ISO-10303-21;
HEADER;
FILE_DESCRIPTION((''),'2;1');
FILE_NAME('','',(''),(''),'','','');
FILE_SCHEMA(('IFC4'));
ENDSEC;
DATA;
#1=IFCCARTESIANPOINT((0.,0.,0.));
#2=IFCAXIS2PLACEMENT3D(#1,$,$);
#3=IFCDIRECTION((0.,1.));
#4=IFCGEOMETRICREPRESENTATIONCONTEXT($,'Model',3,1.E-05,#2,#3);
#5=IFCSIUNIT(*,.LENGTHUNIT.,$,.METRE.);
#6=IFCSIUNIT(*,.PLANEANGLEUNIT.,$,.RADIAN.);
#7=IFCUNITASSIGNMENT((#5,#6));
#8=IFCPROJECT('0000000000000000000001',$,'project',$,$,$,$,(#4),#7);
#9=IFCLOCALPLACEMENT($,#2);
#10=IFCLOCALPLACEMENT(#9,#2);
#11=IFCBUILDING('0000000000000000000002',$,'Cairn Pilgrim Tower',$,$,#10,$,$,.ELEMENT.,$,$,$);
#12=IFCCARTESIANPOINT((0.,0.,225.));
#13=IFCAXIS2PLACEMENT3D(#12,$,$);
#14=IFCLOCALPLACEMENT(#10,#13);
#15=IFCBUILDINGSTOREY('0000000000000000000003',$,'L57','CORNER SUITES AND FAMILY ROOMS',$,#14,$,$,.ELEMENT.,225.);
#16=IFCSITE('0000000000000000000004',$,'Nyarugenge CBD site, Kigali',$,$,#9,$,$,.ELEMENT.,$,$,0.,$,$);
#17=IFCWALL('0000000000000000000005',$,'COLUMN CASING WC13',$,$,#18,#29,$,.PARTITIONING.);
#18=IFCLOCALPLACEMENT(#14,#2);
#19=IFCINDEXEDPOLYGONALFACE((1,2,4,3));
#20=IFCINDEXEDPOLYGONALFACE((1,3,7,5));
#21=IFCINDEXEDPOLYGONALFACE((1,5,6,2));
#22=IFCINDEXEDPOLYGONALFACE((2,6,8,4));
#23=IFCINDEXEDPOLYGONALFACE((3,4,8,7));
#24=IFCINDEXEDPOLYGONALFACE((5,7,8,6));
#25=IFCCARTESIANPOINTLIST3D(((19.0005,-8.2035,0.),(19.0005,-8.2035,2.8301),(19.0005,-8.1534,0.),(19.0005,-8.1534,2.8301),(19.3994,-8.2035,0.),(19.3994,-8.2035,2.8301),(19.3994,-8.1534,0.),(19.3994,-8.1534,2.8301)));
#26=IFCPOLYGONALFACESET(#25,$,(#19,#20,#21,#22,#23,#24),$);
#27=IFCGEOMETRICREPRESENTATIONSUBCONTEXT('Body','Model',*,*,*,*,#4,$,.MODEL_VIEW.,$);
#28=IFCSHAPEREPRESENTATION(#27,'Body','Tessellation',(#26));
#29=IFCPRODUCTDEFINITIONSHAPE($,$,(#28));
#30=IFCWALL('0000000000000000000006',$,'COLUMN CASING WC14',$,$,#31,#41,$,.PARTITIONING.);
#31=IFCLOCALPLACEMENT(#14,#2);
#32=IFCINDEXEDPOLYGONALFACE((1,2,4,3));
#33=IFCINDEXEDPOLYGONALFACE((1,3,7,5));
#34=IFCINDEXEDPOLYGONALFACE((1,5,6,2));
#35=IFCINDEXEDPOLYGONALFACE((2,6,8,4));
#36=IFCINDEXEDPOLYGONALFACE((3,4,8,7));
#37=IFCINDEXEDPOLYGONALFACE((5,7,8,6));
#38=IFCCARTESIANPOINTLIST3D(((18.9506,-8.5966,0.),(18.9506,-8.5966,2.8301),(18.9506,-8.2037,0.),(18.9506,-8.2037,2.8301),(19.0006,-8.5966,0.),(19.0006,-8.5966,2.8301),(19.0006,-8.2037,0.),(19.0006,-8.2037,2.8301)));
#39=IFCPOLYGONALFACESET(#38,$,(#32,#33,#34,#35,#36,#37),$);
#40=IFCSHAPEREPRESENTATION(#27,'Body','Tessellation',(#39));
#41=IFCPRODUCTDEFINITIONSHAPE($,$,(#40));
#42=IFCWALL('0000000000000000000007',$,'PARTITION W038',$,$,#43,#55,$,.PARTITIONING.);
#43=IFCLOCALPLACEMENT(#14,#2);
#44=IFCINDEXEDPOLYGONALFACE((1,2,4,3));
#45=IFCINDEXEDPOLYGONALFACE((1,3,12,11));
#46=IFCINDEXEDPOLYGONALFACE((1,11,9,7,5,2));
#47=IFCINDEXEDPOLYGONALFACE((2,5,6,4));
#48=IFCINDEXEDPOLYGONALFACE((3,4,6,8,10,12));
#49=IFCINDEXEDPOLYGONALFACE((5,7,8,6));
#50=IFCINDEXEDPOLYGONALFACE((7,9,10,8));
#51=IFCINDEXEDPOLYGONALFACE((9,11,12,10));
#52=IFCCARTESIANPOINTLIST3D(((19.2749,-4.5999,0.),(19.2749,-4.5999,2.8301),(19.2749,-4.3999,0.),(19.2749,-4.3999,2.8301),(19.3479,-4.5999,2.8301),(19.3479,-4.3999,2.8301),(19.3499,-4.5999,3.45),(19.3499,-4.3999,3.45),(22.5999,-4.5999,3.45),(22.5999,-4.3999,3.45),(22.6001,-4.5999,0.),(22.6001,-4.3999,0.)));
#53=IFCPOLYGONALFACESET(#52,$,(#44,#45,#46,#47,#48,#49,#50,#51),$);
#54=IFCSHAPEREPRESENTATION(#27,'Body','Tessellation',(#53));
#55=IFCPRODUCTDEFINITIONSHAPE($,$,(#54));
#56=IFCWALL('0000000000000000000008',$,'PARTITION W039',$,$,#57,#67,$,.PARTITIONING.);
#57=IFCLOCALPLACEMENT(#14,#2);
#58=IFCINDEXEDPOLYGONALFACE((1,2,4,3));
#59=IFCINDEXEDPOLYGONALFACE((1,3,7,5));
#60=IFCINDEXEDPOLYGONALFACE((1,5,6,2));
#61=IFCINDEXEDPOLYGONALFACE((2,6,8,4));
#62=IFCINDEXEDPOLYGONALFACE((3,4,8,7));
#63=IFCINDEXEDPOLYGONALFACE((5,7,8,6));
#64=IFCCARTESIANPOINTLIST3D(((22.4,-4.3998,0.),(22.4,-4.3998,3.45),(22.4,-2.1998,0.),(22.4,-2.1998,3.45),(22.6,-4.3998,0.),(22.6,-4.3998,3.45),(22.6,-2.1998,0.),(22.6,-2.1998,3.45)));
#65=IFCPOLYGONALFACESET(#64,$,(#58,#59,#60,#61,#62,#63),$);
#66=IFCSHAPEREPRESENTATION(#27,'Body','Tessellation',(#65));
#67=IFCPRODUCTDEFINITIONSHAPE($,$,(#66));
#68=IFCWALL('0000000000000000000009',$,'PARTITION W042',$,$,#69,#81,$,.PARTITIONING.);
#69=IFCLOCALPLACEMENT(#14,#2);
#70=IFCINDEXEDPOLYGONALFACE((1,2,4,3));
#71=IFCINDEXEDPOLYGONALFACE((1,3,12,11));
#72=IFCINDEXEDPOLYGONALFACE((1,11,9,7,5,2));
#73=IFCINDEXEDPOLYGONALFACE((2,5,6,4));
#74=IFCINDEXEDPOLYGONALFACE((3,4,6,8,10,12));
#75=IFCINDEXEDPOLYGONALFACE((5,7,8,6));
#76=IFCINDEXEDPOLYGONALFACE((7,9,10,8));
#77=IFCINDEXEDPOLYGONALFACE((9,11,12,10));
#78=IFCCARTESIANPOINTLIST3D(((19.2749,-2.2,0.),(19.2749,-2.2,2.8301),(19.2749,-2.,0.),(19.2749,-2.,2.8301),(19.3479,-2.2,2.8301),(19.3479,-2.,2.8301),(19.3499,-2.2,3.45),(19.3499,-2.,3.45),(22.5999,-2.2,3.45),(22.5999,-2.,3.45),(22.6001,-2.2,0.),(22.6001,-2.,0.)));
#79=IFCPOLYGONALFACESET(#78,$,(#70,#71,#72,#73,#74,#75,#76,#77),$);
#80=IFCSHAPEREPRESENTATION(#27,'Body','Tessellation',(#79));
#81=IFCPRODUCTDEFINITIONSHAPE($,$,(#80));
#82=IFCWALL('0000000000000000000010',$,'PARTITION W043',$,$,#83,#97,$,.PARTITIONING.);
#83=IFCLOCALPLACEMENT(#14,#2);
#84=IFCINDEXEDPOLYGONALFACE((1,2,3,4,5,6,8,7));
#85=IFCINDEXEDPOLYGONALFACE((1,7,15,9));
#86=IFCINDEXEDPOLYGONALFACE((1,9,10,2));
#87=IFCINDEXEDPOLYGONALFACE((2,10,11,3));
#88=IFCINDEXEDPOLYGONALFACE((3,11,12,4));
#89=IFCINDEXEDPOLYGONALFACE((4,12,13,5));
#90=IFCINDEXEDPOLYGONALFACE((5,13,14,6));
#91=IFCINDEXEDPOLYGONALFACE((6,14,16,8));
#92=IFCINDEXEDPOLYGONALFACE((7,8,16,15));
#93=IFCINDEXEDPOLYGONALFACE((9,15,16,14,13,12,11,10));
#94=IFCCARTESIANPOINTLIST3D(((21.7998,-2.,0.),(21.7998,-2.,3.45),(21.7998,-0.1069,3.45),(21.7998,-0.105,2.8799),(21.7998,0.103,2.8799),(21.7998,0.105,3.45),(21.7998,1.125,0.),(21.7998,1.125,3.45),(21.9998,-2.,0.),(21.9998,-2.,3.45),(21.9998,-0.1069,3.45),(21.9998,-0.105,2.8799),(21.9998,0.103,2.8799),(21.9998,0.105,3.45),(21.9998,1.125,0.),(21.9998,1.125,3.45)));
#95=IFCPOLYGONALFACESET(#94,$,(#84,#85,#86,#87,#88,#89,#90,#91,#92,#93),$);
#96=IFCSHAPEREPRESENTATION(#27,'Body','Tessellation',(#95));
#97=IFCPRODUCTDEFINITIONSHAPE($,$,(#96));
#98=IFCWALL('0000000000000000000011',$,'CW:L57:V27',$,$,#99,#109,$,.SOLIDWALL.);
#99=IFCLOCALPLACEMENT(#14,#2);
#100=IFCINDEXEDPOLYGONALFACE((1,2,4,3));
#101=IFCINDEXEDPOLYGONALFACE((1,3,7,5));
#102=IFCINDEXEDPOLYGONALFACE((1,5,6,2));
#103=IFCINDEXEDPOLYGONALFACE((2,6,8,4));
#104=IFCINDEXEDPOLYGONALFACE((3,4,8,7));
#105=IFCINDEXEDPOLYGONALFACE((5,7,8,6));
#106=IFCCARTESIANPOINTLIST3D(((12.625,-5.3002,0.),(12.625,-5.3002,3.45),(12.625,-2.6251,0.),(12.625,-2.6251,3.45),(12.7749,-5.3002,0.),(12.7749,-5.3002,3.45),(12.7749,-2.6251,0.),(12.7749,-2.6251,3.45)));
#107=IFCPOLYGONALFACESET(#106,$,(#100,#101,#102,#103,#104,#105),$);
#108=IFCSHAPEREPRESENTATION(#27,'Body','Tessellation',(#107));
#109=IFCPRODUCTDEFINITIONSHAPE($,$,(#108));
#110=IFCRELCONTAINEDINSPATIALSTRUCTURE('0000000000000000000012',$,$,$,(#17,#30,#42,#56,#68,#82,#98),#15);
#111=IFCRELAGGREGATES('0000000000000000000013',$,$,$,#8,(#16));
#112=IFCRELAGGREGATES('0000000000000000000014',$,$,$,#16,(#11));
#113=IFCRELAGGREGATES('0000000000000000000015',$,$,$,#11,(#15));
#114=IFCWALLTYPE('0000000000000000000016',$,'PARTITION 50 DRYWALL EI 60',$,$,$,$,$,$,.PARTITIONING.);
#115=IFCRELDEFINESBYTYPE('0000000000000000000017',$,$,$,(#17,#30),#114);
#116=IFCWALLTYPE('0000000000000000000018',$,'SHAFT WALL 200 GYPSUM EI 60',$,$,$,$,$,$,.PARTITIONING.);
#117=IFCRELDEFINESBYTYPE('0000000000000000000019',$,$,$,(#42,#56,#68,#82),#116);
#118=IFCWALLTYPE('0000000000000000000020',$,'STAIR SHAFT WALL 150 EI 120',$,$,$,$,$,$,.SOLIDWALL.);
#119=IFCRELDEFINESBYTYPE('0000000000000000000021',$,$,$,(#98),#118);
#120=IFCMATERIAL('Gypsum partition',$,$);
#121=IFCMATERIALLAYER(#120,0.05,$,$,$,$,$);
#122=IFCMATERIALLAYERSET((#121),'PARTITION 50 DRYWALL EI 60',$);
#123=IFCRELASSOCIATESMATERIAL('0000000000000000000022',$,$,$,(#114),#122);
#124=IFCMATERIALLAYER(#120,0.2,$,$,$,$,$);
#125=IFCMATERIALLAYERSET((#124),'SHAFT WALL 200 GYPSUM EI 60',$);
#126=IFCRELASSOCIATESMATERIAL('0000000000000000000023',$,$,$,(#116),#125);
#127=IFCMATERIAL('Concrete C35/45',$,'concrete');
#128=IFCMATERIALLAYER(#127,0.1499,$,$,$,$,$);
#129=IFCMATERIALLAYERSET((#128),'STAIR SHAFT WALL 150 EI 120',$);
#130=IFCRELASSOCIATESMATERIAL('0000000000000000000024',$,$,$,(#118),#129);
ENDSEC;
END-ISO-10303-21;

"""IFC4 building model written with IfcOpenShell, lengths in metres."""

from ifc_helpers import new_model, si_unit, direction, frame, frame_2d, origin, place, context, subcontext, project, spatial, polyline, rectangle, outline, extrude, material, layer, layer_set, type_object, element, save


model = new_model("IFC4")

# Units and contexts
model_context = context("Model", 3, precision=1e-05, world=origin(), true_north=direction((0.0, 1.0)))
body_context = subcontext(model_context, "Body", "Model", "MODEL_VIEW")
ifc_project = project(units=[si_unit("LENGTHUNIT", "METRE"), si_unit("PLANEANGLEUNIT", "RADIAN")], contexts=[model_context])

# Site, building, storey
site_placement = place(None, origin())
site = spatial("IfcSite", under=ifc_project, at=site_placement, Name="Nyarugenge CBD site, Kigali", CompositionType="ELEMENT", RefElevation=0.0)
building_placement = place(site_placement, origin())
building = spatial("IfcBuilding", under=site, at=building_placement, Name="Cairn Pilgrim Tower", CompositionType="ELEMENT")
storey_placement = place(building_placement, frame((0.0, 0.0, 225.0)))
storey = spatial("IfcBuildingStorey", under=building, at=storey_placement, Name="L57", Description="CORNER SUITES AND FAMILY ROOMS", CompositionType="ELEMENT", Elevation=225.0)

# Shared definitions
ifc_material_1 = material(Name="Gypsum partition")

# Walls
ifc_layer_1 = layer(ifc_material_1, 0.05)
ifc_layer_set_1 = layer_set([ifc_layer_1], Name="PARTITION 50 DRYWALL EI 60")
wall_type_1 = type_object("IfcWallType", Name="PARTITION 50 DRYWALL EI 60", PredefinedType="PARTITIONING", material=ifc_layer_set_1)
wall_1_placement = place(storey_placement, frame((19.0005, -8.1785, 0.0), z_axis=(0.0, 0.0, 1.0), x_axis=(1.0, 0.0, 0.0)))
element("IfcWall", 1, at=wall_1_placement, inside=storey, type_object=wall_type_1, Name="COLUMN CASING WC13", PredefinedType="PARTITIONING", context=body_context, shape_type="SweptSolid", body=[
    extrude(rectangle(XDim=0.3989, YDim=0.05, at=frame_2d((0.1995, 0.0))), origin(), (0.0, 0.0, 1.0), 2.8301),
])
wall_2_placement = place(storey_placement, frame((18.9756, -8.5964, 0.0), z_axis=(0.0, 0.0, 1.0), x_axis=(0.0, 1.0, 0.0)))
element("IfcWall", 2, at=wall_2_placement, inside=storey, type_object=wall_type_1, Name="COLUMN CASING WC14", PredefinedType="PARTITIONING", context=body_context, shape_type="SweptSolid", body=[
    extrude(rectangle(XDim=0.3928, YDim=0.05, at=frame_2d((0.1963, 0.0))), origin(), (0.0, 0.0, 1.0), 2.8301),
])
ifc_layer_2 = layer(ifc_material_1, 0.2)
ifc_layer_set_2 = layer_set([ifc_layer_2], Name="SHAFT WALL 200 GYPSUM EI 60")
wall_type_2 = type_object("IfcWallType", Name="SHAFT WALL 200 GYPSUM EI 60", PredefinedType="PARTITIONING", material=ifc_layer_set_2)
wall_3_placement = place(storey_placement, frame((19.2749, -4.5, 0.0), z_axis=(0.0, 0.0, 1.0), x_axis=(1.0, 0.0, 0.0)))
element("IfcWall", 3, at=wall_3_placement, inside=storey, type_object=wall_type_2, Name="PARTITION W038", PredefinedType="PARTITIONING", context=body_context, shape_type="SweptSolid", body=[
    extrude(outline(polyline([(0.0, 0.0), (3.3252, 0.0), (3.325, 3.45), (0.075, 3.45), (0.073, 2.8301), (0.0, 2.8301), (0.0, 0.0)])), frame((0.0, 0.1001, 0.0), z_axis=(0.0, -1.0, 0.0), x_axis=(1.0, 0.0, 0.0)), (0.0, 0.0, 1.0), 0.2),
])
wall_4_placement = place(storey_placement, frame((22.5, -4.3999, 0.0), z_axis=(0.0, 0.0, 1.0), x_axis=(0.0, 1.0, 0.0)))
element("IfcWall", 4, at=wall_4_placement, inside=storey, type_object=wall_type_2, Name="PARTITION W039", PredefinedType="PARTITIONING", context=body_context, shape_type="SweptSolid", body=[
    extrude(rectangle(XDim=2.2, YDim=0.2, at=frame_2d((1.1001, 0.0))), origin(), (0.0, 0.0, 1.0), 3.45),
])
wall_5_placement = place(storey_placement, frame((19.2749, -2.1001, 0.0), z_axis=(0.0, 0.0, 1.0), x_axis=(1.0, 0.0, 0.0)))
element("IfcWall", 5, at=wall_5_placement, inside=storey, type_object=wall_type_2, Name="PARTITION W042", PredefinedType="PARTITIONING", context=body_context, shape_type="SweptSolid", body=[
    extrude(outline(polyline([(0.0, 0.0), (3.3252, 0.0), (3.325, 3.45), (0.075, 3.45), (0.073, 2.8301), (0.0, 2.8301), (0.0, 0.0)])), frame((0.0, 0.1001, 0.0), z_axis=(0.0, -1.0, 0.0), x_axis=(1.0, 0.0, 0.0)), (0.0, 0.0, 1.0), 0.2),
])
wall_6_placement = place(storey_placement, frame((21.8999, -2.0, 0.0), z_axis=(0.0, 0.0, 1.0), x_axis=(0.0, 1.0, 0.0)))
element("IfcWall", 6, at=wall_6_placement, inside=storey, type_object=wall_type_2, Name="PARTITION W043", PredefinedType="PARTITIONING", context=body_context, shape_type="SweptSolid", body=[
    extrude(outline(polyline([(0.0, 0.0), (3.125, 0.0), (3.125, 3.45), (2.105, 3.45), (2.103, 2.8799), (1.895, 2.8799), (1.8931, 3.45), (0.0, 3.45), (0.0, 0.0)])), frame((0.0, 0.1001, 0.0), z_axis=(0.0, -1.0, 0.0), x_axis=(1.0, 0.0, 0.0)), (0.0, 0.0, 1.0), 0.2),
])
ifc_material_2 = material(Name="Concrete C35/45", Category="concrete")
ifc_layer_3 = layer(ifc_material_2, 0.1499)
ifc_layer_set_3 = layer_set([ifc_layer_3], Name="STAIR SHAFT WALL 150 EI 120")
wall_type_3 = type_object("IfcWallType", Name="STAIR SHAFT WALL 150 EI 120", PredefinedType="SOLIDWALL", material=ifc_layer_set_3)
wall_7_placement = place(storey_placement, frame((12.7, -5.3, 0.0), z_axis=(0.0, 0.0, 1.0), x_axis=(0.0, 1.0, 0.0)))
element("IfcWall", 7, at=wall_7_placement, inside=storey, type_object=wall_type_3, Name="CW:L57:V27", PredefinedType="SOLIDWALL", context=body_context, shape_type="SweptSolid", body=[
    extrude(rectangle(XDim=2.675, YDim=0.1499, at=frame_2d((1.3374, 0.0))), origin(), (0.0, 0.0, 1.0), 3.45),
])

save(model, "model.ifc")
